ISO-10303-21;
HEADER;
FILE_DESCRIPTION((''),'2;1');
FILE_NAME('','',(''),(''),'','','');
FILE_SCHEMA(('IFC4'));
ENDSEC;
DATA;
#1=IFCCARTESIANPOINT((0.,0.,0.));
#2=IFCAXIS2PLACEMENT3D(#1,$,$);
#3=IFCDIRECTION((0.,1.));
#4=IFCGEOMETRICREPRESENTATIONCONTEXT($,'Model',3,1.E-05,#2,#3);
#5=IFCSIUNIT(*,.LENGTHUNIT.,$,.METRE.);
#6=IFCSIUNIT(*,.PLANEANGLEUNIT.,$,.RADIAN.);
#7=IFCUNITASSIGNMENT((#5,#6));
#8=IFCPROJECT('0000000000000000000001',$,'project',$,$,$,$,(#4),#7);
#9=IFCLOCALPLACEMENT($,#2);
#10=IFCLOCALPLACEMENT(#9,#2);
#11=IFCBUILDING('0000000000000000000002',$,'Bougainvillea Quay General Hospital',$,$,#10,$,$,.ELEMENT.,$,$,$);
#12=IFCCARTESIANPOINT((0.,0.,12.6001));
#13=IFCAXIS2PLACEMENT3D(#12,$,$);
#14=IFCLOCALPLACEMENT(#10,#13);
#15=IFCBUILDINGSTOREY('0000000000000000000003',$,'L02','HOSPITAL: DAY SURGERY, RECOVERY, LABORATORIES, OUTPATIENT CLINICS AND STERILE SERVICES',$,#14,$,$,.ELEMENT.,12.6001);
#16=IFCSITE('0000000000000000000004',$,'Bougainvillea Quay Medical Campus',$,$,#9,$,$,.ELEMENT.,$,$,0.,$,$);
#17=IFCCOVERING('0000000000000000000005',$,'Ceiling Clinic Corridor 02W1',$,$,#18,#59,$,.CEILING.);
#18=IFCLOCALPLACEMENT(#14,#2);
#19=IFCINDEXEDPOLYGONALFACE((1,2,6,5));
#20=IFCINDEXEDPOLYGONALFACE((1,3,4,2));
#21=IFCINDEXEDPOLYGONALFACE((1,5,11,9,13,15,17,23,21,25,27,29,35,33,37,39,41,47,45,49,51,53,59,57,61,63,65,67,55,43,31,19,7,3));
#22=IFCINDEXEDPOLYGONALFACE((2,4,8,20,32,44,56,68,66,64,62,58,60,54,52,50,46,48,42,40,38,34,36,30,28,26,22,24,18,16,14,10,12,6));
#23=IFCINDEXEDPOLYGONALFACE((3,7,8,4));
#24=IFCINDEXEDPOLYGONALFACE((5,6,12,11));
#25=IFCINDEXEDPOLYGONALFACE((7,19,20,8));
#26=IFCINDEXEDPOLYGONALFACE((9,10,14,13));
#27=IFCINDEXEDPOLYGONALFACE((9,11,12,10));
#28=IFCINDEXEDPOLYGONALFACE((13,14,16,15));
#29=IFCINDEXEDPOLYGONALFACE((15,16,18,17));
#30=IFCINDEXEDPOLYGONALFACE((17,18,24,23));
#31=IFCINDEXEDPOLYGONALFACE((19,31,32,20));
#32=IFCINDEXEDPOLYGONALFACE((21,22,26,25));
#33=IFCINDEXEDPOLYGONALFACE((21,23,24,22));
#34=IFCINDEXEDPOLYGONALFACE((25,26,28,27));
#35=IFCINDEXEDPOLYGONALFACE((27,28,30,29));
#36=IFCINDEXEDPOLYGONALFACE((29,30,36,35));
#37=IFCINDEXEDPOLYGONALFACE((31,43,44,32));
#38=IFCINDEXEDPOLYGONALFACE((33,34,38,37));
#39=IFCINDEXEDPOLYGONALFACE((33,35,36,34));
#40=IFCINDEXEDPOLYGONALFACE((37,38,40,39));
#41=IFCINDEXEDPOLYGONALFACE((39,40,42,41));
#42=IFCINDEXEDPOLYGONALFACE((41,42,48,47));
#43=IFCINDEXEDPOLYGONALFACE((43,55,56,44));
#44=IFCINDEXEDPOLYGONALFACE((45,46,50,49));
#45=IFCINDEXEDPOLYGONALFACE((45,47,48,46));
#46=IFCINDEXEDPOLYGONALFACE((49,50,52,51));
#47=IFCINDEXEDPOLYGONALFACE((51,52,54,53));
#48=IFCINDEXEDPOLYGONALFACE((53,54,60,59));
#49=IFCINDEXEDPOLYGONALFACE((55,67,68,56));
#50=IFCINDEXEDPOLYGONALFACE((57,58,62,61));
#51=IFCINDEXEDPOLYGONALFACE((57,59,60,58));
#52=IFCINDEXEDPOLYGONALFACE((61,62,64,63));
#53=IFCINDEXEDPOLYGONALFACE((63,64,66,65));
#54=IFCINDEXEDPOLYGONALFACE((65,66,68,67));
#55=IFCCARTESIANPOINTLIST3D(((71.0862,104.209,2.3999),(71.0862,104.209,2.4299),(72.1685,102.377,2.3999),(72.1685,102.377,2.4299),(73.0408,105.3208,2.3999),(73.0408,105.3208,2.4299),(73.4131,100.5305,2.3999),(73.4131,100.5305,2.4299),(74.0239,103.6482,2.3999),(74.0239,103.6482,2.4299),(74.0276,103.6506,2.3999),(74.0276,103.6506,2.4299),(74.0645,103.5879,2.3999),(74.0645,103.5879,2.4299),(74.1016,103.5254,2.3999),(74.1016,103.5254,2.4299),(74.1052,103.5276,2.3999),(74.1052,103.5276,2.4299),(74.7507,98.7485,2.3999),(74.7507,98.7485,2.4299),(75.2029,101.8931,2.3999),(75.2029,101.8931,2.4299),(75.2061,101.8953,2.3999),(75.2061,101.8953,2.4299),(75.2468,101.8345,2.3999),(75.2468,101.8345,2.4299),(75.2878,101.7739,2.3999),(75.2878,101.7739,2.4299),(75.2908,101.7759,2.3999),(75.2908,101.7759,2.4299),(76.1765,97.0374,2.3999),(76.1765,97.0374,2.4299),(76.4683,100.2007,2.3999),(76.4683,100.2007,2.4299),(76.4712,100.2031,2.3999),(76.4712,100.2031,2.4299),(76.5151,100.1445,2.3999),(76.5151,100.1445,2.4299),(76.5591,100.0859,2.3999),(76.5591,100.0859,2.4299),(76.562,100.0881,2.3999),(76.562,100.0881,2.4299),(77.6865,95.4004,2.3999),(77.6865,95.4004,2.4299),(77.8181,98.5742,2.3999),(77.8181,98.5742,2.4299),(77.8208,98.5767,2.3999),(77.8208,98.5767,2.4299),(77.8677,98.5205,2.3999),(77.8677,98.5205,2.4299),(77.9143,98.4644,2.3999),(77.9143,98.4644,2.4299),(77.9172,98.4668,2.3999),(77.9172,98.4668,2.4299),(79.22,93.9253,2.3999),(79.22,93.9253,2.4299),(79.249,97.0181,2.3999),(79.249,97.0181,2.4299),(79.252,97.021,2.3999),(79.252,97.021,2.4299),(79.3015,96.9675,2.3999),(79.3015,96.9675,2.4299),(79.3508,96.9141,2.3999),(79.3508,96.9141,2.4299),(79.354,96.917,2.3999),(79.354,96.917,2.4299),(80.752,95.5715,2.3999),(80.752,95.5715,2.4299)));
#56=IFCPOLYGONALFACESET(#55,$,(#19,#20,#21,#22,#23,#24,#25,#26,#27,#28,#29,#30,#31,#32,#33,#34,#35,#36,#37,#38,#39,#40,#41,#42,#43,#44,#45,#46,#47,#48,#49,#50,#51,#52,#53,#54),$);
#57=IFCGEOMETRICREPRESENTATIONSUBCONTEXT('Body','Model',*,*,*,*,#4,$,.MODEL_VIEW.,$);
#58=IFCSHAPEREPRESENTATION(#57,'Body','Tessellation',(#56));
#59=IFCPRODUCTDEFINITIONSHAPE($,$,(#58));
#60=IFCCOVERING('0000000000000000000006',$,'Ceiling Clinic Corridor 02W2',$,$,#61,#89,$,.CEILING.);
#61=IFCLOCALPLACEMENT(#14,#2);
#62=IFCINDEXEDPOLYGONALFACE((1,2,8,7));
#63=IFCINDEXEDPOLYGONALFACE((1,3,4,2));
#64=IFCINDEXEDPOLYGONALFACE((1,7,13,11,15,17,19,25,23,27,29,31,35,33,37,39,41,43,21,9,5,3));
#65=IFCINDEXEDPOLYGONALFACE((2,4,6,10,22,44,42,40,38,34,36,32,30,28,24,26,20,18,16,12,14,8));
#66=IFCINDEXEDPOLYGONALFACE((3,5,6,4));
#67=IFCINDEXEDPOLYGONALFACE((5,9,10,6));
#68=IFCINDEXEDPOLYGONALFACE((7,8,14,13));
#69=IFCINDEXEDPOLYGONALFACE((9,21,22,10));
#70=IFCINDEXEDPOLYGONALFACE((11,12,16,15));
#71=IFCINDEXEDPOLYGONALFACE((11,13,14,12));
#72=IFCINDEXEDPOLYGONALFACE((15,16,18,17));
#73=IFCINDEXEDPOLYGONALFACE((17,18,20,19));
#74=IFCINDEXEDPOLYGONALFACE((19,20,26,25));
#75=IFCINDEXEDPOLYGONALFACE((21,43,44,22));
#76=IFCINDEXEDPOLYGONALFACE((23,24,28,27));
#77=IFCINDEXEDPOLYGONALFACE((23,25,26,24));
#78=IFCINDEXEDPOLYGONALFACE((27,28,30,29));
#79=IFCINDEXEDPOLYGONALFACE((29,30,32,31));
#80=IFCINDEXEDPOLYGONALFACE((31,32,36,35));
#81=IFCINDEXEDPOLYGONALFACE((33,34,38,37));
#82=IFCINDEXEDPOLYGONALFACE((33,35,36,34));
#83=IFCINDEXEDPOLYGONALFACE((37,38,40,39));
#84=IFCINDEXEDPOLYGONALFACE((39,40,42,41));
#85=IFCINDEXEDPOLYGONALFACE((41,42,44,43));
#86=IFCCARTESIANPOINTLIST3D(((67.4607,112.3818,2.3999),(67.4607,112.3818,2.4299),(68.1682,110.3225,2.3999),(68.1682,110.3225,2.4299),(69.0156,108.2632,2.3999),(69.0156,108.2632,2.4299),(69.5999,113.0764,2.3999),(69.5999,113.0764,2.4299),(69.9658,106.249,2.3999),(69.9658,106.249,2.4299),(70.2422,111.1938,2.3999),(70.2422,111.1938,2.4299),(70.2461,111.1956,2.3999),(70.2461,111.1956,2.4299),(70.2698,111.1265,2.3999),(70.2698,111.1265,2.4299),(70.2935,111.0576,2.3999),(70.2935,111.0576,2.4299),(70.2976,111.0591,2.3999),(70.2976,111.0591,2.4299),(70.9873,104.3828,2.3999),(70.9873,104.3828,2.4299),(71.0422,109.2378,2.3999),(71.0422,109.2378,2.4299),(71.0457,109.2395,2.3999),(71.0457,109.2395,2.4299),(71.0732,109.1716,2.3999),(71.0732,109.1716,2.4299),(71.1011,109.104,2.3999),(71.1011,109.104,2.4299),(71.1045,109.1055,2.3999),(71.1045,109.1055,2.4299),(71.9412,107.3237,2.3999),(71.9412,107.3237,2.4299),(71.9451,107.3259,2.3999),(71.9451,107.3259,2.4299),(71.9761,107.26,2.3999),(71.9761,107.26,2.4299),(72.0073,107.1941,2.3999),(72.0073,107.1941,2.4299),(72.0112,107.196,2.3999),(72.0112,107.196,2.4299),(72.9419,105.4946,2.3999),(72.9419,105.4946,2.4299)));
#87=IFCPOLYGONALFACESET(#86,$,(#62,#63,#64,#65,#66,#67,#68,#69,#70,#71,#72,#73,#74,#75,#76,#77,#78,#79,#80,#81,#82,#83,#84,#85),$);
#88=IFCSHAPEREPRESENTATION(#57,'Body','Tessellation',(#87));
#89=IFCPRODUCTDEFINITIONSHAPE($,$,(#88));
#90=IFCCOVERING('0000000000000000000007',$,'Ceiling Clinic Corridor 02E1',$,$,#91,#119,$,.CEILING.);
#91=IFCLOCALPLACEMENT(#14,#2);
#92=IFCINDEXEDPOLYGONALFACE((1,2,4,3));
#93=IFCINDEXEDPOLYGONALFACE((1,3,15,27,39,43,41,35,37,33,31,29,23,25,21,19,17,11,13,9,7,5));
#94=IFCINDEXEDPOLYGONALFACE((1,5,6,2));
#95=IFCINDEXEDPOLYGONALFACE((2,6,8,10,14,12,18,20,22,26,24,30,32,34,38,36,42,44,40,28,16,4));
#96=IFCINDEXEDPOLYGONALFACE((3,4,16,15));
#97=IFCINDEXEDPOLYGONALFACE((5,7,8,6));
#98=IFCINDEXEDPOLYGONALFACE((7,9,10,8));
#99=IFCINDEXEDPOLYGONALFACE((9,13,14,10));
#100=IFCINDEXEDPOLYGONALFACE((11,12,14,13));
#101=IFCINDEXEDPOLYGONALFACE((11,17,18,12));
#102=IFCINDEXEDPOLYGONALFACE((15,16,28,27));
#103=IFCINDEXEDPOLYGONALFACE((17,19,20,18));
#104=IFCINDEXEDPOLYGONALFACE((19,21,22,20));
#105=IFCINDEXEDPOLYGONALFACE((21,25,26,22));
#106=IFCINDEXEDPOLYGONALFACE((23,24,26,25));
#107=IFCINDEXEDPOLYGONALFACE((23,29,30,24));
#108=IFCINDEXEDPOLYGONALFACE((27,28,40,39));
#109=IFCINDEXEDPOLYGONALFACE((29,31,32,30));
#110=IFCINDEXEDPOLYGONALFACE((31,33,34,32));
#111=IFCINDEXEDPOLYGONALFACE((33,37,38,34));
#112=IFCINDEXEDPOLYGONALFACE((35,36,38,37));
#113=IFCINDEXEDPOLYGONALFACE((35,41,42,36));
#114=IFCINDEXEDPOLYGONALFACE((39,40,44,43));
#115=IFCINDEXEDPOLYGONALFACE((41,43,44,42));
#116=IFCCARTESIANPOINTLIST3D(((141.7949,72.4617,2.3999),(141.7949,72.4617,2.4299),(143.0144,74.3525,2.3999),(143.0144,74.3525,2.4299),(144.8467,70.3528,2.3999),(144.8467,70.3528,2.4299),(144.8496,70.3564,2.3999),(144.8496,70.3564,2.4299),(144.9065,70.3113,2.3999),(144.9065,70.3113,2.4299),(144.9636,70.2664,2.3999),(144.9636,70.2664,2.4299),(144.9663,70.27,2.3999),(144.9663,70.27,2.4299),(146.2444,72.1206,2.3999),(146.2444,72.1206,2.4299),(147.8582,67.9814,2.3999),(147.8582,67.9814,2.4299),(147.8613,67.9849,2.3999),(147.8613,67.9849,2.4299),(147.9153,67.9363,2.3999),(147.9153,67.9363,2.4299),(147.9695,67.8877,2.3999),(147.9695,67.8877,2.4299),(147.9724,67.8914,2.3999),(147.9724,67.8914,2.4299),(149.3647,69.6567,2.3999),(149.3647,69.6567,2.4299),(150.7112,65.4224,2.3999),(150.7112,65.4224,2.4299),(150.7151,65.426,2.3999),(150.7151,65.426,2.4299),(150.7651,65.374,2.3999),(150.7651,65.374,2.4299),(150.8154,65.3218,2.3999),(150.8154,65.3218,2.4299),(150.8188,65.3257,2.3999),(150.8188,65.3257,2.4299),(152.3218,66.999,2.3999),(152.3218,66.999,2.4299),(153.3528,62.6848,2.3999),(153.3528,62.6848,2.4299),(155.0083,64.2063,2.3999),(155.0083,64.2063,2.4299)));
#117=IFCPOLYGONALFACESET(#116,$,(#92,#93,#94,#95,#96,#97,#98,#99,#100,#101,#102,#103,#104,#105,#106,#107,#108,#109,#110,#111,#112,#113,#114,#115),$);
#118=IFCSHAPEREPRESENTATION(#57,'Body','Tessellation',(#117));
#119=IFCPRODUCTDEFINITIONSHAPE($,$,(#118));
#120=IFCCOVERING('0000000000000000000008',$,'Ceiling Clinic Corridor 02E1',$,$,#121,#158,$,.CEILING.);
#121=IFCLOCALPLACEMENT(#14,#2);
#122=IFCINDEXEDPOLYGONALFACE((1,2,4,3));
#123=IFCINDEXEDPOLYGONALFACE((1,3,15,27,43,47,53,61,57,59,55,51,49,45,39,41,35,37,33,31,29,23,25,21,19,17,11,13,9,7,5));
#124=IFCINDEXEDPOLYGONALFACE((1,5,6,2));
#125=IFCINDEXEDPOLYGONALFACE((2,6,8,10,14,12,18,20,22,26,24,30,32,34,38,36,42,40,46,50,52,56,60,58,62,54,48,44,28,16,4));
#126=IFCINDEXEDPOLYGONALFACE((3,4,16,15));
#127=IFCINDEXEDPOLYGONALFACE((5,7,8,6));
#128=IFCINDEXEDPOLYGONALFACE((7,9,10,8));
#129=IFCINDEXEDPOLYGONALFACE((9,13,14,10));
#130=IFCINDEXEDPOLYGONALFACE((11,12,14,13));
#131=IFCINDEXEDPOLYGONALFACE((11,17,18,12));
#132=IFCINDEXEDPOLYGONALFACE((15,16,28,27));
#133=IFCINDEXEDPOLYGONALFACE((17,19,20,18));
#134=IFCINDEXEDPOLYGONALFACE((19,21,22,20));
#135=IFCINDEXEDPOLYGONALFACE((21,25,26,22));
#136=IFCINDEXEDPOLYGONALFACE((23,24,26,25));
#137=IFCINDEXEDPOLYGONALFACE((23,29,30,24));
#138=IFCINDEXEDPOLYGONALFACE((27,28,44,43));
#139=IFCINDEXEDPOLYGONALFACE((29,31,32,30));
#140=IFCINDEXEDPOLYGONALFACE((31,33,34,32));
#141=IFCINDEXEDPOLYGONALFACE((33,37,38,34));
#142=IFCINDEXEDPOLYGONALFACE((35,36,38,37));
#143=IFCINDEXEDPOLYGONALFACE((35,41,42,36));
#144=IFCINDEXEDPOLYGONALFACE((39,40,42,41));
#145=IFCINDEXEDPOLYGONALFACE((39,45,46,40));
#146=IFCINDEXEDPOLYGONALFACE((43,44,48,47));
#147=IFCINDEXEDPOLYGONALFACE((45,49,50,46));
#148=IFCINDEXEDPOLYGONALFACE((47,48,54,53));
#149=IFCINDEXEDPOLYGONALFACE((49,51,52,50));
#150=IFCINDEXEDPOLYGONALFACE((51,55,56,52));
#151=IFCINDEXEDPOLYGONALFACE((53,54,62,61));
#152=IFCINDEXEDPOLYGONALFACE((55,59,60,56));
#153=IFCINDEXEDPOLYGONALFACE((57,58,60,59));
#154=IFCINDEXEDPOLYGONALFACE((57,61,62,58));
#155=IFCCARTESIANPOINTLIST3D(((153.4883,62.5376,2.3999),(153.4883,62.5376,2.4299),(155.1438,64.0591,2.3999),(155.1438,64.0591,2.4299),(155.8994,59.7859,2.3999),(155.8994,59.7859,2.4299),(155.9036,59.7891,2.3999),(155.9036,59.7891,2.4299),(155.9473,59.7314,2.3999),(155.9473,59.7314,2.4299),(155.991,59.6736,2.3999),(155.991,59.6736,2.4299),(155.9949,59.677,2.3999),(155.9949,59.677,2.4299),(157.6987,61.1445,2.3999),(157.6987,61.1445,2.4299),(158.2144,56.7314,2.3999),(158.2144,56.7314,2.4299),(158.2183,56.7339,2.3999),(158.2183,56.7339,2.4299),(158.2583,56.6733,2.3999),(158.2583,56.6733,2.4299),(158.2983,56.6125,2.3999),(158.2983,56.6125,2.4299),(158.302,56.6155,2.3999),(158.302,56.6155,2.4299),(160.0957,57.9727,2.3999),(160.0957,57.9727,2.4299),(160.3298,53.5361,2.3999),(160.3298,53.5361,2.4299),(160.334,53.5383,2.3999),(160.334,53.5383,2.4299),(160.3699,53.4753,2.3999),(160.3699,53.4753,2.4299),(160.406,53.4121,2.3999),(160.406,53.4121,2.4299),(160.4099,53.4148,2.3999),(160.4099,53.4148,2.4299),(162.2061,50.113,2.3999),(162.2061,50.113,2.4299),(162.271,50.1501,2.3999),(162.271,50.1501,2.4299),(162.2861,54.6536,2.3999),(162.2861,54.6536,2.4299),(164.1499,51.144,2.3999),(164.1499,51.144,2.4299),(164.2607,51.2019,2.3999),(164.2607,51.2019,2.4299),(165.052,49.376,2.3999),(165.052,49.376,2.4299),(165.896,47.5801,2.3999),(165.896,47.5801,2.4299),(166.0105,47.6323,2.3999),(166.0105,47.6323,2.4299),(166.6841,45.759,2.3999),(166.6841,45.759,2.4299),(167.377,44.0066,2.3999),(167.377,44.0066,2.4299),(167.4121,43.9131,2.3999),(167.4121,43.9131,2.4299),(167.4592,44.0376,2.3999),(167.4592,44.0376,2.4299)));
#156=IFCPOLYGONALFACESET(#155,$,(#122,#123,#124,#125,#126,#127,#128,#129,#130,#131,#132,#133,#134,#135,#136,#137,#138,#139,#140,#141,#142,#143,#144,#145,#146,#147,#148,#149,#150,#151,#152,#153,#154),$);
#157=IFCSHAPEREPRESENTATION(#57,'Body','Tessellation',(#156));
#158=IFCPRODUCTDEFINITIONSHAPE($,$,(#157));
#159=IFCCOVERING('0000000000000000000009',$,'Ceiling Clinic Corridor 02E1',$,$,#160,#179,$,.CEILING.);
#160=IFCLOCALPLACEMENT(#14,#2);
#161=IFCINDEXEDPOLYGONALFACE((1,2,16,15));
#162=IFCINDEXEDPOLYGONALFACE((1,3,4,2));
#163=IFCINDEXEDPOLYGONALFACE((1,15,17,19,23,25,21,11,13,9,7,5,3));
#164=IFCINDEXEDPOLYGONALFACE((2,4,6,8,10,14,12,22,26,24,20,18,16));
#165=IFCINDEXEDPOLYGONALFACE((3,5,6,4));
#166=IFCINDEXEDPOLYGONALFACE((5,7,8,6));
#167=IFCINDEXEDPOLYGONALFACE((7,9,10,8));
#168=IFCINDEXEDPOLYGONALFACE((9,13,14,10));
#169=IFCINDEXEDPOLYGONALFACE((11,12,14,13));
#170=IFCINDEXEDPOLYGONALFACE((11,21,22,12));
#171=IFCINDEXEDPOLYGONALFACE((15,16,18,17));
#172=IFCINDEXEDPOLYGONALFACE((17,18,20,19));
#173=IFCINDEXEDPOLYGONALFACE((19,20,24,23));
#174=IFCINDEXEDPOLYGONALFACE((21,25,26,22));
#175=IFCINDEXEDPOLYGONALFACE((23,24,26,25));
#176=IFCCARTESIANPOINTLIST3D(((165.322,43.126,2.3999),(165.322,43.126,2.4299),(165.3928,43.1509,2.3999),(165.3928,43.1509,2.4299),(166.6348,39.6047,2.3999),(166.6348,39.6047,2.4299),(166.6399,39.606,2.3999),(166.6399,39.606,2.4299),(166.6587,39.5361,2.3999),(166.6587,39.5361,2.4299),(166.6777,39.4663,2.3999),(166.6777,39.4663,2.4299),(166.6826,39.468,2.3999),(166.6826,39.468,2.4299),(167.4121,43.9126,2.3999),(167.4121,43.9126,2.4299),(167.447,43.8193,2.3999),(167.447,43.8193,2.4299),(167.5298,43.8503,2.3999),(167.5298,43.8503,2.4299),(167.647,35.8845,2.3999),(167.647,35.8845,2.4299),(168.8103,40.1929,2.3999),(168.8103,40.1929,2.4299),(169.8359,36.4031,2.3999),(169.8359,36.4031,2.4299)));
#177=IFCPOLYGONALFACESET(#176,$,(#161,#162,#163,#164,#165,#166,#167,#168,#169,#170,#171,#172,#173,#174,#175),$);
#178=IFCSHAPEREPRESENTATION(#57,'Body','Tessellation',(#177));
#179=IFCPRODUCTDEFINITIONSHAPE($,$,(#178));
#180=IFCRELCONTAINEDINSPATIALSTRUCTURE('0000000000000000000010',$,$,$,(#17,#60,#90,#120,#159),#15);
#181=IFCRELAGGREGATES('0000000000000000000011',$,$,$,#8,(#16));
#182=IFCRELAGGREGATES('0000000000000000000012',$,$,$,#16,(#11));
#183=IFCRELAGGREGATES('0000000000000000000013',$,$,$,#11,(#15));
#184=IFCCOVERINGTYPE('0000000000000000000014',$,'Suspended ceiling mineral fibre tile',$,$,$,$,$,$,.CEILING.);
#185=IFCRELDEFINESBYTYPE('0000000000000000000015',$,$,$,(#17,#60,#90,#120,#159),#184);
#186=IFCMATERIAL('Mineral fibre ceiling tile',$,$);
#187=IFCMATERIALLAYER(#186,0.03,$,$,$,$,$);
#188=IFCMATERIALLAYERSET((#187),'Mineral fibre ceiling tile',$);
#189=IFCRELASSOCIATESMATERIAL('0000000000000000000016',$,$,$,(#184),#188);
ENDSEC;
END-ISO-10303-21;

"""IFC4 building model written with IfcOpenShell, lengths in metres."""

from ifc_helpers import new_model, si_unit, direction, frame, origin, place, context, subcontext, project, spatial, polyline, outline, extrude, material, layer, layer_set, type_object, element, save


model = new_model("IFC4")

# Units and contexts
model_context = context("Model", 3, precision=1e-05, world=origin(), true_north=direction((0.0, 1.0)))
body_context = subcontext(model_context, "Body", "Model", "MODEL_VIEW")
ifc_project = project(units=[si_unit("LENGTHUNIT", "METRE"), si_unit("PLANEANGLEUNIT", "RADIAN")], contexts=[model_context])

# Site, building, storey
site_placement = place(None, origin())
site = spatial("IfcSite", under=ifc_project, at=site_placement, Name="Bougainvillea Quay Medical Campus", CompositionType="ELEMENT", RefElevation=0.0)
building_placement = place(site_placement, origin())
building = spatial("IfcBuilding", under=site, at=building_placement, Name="Bougainvillea Quay General Hospital", CompositionType="ELEMENT")
storey_placement = place(building_placement, frame((0.0, 0.0, 12.6001)))
storey = spatial("IfcBuildingStorey", under=building, at=storey_placement, Name="L02", Description="HOSPITAL: DAY SURGERY, RECOVERY, LABORATORIES, OUTPATIENT CLINICS AND STERILE SERVICES", CompositionType="ELEMENT", Elevation=12.6001)

# Coverings
ifc_material_1 = material(Name="Mineral fibre ceiling tile")
ifc_layer_1 = layer(ifc_material_1, 0.03)
ifc_layer_set_1 = layer_set([ifc_layer_1], Name="Mineral fibre ceiling tile")
covering_type = type_object("IfcCoveringType", Name="Suspended ceiling mineral fibre tile", PredefinedType="CEILING", material=ifc_layer_set_1)
covering_1_placement = place(storey_placement, frame((0.0, 0.0, 2.3999)))
element("IfcCovering", 1, at=covering_1_placement, inside=storey, type_object=covering_type, Name="Ceiling Clinic Corridor 02W1", PredefinedType="CEILING", context=body_context, shape_type="SweptSolid", body=[
    extrude(outline(polyline([(75.2468, 101.8345), (75.2029, 101.8931), (75.2061, 101.8953), (74.1052, 103.5276), (74.1016, 103.5254), (74.0645, 103.5879), (74.0239, 103.6482), (74.0276, 103.6506), (73.0408, 105.3208), (71.0862, 104.209), (72.1685, 102.377), (73.4131, 100.5305), (74.7507, 98.7485), (76.1765, 97.0374), (77.6865, 95.4004), (79.22, 93.9253), (80.752, 95.5715), (79.354, 96.917), (79.3508, 96.9141), (79.3015, 96.9675), (79.249, 97.0181), (79.252, 97.021), (77.9172, 98.4668), (77.9143, 98.4644), (77.8677, 98.5205), (77.8181, 98.5742), (77.8208, 98.5767), (76.562, 100.0881), (76.5591, 100.0859), (76.5151, 100.1445), (76.4683, 100.2007), (76.4712, 100.2031), (75.2908, 101.7759), (75.2878, 101.7739), (75.2468, 101.8345)])), origin(), (0.0, 0.0, 1.0), 0.03),
])
covering_2_placement = place(storey_placement, frame((0.0, 0.0, 2.3999)))
element("IfcCovering", 2, at=covering_2_placement, inside=storey, type_object=covering_type, Name="Ceiling Clinic Corridor 02W2", PredefinedType="CEILING", context=body_context, shape_type="SweptSolid", body=[
    extrude(outline(polyline([(71.9761, 107.26), (71.9412, 107.3237), (71.9451, 107.3259), (71.1045, 109.1055), (71.1011, 109.104), (71.0732, 109.1716), (71.0422, 109.2378), (71.0457, 109.2395), (70.2976, 111.0591), (70.2935, 111.0576), (70.2698, 111.1265), (70.2422, 111.1938), (70.2461, 111.1956), (69.5999, 113.0764), (67.4607, 112.3818), (68.1682, 110.3225), (69.0156, 108.2632), (69.9658, 106.249), (70.9873, 104.3828), (72.9419, 105.4946), (72.0112, 107.196), (72.0073, 107.1941), (71.9761, 107.26)])), origin(), (0.0, 0.0, 1.0), 0.03),
])
covering_3_placement = place(storey_placement, frame((0.0, 0.0, 2.3999)))
element("IfcCovering", 3, at=covering_3_placement, inside=storey, type_object=covering_type, Name="Ceiling Clinic Corridor 02E1", PredefinedType="CEILING", context=body_context, shape_type="SweptSolid", body=[
    extrude(outline(polyline([(141.7949, 72.4617), (144.8467, 70.3528), (144.8496, 70.3564), (144.9065, 70.3113), (144.9663, 70.27), (144.9636, 70.2664), (147.8582, 67.9814), (147.8613, 67.9849), (147.9153, 67.9363), (147.9724, 67.8914), (147.9695, 67.8877), (150.7112, 65.4224), (150.7151, 65.426), (150.7651, 65.374), (150.8188, 65.3257), (150.8154, 65.3218), (153.3528, 62.6848), (155.0083, 64.2063), (152.3218, 66.999), (149.3647, 69.6567), (146.2444, 72.1206), (143.0144, 74.3525), (141.7949, 72.4617)])), origin(), (0.0, 0.0, 1.0), 0.03),
])
covering_4_placement = place(storey_placement, frame((0.0, 0.0, 2.3999)))
element("IfcCovering", 4, at=covering_4_placement, inside=storey, type_object=covering_type, Name="Ceiling Clinic Corridor 02E1", PredefinedType="CEILING", context=body_context, shape_type="SweptSolid", body=[
    extrude(outline(polyline([(165.896, 47.5801), (166.6841, 45.759), (167.4121, 43.9131), (167.377, 44.0066), (167.4592, 44.0376), (166.0105, 47.6323), (164.2607, 51.2019), (162.2861, 54.6536), (160.0957, 57.9727), (157.6987, 61.1445), (155.1438, 64.0591), (153.4883, 62.5376), (155.8994, 59.7859), (155.9036, 59.7891), (155.9473, 59.7314), (155.9949, 59.677), (155.991, 59.6736), (158.2144, 56.7314), (158.2183, 56.7339), (158.2583, 56.6733), (158.302, 56.6155), (158.2983, 56.6125), (160.3298, 53.5361), (160.334, 53.5383), (160.3699, 53.4753), (160.4099, 53.4148), (160.406, 53.4121), (162.271, 50.1501), (162.2061, 50.113), (164.1499, 51.144), (165.052, 49.376), (165.896, 47.5801)])), origin(), (0.0, 0.0, 1.0), 0.03),
])
covering_5_placement = place(storey_placement, frame((0.0, 0.0, 2.3999)))
element("IfcCovering", 5, at=covering_5_placement, inside=storey, type_object=covering_type, Name="Ceiling Clinic Corridor 02E1", PredefinedType="CEILING", context=body_context, shape_type="SweptSolid", body=[
    extrude(outline(polyline([(165.322, 43.126), (165.3928, 43.1509), (166.6348, 39.6047), (166.6399, 39.606), (166.6587, 39.5361), (166.6826, 39.468), (166.6777, 39.4663), (167.647, 35.8845), (169.8359, 36.4031), (168.8103, 40.1929), (167.5298, 43.8503), (167.447, 43.8193), (167.4121, 43.9126), (165.322, 43.126)])), origin(), (0.0, 0.0, 1.0), 0.03),
])

save(model, "model.ifc")
